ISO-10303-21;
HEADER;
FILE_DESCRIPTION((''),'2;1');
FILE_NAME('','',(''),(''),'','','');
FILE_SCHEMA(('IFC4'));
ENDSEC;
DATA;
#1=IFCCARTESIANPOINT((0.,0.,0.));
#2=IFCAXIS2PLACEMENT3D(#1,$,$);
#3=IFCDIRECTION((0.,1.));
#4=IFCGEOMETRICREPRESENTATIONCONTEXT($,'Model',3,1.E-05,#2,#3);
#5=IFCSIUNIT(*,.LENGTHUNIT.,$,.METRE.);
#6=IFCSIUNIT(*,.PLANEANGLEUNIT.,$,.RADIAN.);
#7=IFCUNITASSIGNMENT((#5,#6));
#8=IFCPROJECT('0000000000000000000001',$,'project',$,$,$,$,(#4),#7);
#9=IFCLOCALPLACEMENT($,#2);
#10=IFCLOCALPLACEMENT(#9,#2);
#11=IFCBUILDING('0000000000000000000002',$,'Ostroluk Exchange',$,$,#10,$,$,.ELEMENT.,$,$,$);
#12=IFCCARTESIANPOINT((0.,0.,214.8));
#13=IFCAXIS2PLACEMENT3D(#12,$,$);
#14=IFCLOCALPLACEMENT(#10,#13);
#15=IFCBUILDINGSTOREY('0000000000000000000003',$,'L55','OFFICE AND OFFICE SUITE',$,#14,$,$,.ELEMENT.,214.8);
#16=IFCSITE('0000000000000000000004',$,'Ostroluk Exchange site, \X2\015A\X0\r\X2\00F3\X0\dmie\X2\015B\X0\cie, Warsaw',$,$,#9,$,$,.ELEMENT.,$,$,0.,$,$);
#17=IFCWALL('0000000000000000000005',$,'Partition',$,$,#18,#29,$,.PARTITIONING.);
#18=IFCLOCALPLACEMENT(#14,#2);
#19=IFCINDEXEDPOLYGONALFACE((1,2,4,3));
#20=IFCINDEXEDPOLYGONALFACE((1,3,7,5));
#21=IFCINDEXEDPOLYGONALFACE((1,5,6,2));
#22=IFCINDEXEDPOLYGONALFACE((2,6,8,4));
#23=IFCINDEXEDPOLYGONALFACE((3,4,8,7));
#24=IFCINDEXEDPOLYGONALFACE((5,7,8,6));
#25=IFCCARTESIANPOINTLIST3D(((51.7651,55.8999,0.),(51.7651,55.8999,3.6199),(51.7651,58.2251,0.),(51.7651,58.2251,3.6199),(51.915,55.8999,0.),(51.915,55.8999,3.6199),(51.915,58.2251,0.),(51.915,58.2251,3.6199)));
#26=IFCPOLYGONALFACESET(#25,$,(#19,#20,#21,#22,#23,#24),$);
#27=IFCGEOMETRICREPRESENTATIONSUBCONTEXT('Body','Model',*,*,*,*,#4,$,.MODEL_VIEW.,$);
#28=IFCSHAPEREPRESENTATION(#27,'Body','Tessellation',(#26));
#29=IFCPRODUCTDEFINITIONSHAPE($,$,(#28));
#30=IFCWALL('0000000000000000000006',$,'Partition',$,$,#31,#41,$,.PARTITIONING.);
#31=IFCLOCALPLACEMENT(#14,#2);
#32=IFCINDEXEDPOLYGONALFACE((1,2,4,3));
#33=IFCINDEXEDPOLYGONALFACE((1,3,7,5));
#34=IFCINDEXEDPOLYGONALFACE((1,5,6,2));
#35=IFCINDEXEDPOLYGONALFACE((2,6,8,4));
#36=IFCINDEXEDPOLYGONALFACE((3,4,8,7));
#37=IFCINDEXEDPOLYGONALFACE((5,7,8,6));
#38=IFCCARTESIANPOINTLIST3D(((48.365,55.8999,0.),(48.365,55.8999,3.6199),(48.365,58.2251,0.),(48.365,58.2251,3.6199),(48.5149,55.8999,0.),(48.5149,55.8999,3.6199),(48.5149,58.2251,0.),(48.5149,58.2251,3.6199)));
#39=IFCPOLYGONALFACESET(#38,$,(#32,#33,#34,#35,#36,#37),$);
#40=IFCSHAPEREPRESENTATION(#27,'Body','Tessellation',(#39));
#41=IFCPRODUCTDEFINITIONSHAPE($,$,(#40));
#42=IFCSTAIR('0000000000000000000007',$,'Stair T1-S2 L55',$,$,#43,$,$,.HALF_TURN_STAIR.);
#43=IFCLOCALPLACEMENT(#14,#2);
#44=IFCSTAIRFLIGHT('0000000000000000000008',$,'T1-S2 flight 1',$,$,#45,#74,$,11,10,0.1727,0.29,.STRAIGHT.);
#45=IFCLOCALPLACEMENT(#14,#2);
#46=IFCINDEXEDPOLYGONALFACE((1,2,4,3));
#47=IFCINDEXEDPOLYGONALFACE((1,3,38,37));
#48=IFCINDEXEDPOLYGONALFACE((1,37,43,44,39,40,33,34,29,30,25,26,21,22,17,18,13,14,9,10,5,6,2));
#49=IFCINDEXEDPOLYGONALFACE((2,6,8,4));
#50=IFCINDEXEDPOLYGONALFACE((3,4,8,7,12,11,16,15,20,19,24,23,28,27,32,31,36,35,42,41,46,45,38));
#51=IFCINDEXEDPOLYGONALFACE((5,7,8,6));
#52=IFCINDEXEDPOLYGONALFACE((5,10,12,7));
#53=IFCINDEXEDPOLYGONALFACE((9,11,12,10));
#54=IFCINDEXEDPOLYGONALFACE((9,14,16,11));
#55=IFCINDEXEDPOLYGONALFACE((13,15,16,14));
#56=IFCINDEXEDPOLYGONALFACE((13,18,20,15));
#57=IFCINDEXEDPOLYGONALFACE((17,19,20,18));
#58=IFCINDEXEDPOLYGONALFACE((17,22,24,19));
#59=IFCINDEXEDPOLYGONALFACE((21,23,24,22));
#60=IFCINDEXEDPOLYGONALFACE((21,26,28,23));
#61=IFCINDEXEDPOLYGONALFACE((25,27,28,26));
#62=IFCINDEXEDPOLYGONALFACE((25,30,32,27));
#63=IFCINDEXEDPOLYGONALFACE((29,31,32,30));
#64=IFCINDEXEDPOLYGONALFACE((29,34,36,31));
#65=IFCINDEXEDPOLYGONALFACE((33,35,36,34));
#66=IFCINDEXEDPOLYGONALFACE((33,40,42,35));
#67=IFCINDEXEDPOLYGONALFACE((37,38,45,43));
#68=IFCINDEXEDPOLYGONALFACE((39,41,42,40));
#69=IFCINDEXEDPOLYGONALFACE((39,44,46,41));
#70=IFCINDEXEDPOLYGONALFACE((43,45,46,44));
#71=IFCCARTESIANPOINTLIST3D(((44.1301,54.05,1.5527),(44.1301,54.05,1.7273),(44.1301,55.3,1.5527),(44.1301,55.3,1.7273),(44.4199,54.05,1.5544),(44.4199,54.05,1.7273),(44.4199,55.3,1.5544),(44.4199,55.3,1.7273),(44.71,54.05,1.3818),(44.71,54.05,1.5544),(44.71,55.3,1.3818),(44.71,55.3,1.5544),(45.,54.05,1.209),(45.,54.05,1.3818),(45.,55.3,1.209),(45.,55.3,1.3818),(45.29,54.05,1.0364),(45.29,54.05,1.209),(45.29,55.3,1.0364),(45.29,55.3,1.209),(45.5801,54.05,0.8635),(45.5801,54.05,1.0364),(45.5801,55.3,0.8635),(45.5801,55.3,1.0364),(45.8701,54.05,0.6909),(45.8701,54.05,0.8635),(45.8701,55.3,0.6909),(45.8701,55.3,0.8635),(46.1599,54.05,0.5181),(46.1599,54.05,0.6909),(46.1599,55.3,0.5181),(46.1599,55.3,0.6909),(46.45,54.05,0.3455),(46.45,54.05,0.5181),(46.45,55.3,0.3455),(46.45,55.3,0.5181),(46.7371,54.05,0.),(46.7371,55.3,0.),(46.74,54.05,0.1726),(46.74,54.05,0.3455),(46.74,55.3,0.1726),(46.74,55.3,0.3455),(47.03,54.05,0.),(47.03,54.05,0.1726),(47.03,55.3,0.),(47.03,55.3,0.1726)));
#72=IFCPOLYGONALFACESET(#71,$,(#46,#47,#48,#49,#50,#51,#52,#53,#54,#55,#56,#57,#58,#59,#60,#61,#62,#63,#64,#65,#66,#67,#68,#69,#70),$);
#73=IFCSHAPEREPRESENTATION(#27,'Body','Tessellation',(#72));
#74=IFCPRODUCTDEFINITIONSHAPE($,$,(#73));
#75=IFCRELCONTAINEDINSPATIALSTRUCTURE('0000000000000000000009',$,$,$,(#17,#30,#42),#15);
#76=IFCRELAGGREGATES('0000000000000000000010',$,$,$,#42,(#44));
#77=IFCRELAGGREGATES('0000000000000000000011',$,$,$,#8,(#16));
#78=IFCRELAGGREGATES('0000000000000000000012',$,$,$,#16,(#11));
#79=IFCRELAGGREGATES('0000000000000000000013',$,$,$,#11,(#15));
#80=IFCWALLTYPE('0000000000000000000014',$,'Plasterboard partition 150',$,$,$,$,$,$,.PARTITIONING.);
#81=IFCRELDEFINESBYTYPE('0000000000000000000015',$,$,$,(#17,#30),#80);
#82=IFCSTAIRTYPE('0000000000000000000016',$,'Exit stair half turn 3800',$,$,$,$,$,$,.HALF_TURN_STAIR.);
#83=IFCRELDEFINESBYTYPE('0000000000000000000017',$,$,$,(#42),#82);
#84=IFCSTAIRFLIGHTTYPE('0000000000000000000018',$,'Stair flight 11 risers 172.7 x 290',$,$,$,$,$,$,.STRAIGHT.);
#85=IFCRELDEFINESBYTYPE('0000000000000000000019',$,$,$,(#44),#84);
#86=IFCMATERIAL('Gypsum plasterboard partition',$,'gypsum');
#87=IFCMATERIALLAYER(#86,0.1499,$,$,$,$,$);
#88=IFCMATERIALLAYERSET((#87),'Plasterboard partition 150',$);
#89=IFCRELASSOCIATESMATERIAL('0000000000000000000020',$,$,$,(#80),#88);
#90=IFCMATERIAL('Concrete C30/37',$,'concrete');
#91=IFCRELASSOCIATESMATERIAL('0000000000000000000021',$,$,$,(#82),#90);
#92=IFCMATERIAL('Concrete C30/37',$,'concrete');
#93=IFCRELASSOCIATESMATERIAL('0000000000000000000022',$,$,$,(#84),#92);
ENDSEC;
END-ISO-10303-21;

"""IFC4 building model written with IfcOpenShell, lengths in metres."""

from ifc_helpers import new_model, si_unit, direction, frame, frame_2d, origin, place, context, subcontext, project, spatial, polyline, rectangle, outline, extrude, material, layer, layer_set, type_object, element, aggregate, save


model = new_model("IFC4")

# Units and contexts
model_context = context("Model", 3, precision=1e-05, world=origin(), true_north=direction((0.0, 1.0)))
body_context = subcontext(model_context, "Body", "Model", "MODEL_VIEW")
ifc_project = project(units=[si_unit("LENGTHUNIT", "METRE"), si_unit("PLANEANGLEUNIT", "RADIAN")], contexts=[model_context])

# Site, building, storey
site_placement = place(None, origin())
site = spatial("IfcSite", under=ifc_project, at=site_placement, Name="Ostroluk Exchange site, Śródmieście, Warsaw", CompositionType="ELEMENT", RefElevation=0.0)
building_placement = place(site_placement, origin())
building = spatial("IfcBuilding", under=site, at=building_placement, Name="Ostroluk Exchange", CompositionType="ELEMENT")
storey_placement = place(building_placement, frame((0.0, 0.0, 214.8)))
storey = spatial("IfcBuildingStorey", under=building, at=storey_placement, Name="L55", Description="OFFICE AND OFFICE SUITE", CompositionType="ELEMENT", Elevation=214.8)

# Walls
ifc_material_1 = material(Name="Gypsum plasterboard partition", Category="gypsum")
ifc_layer_1 = layer(ifc_material_1, 0.1499)
ifc_layer_set_1 = layer_set([ifc_layer_1], Name="Plasterboard partition 150")
wall_type_1 = type_object("IfcWallType", Name="Plasterboard partition 150", PredefinedType="PARTITIONING", material=ifc_layer_set_1)
for number, where, z_axis, x_axis, name in (
    (1, (51.8401, 55.8999, 0.0), (0.0, 0.0, 1.0), (0.0, 1.0, 0.0), "Partition"),
    (2, (48.4399, 55.8999, 0.0), (0.0, 0.0, 1.0), (0.0, 1.0, 0.0), "Partition"),
):
    element("IfcWall", number, at=place(storey_placement, frame(where, z_axis=z_axis, x_axis=x_axis)), inside=storey, type_object=wall_type_1, Name=name, PredefinedType="PARTITIONING", context=body_context, shape_type="SweptSolid", body=[
        extrude(rectangle(XDim=2.3252, YDim=0.1499, at=frame_2d((1.1626, 0.0))), origin(), (0.0, 0.0, 1.0), 3.6199),
    ])

# Stair, stair flight
ifc_material_2 = material(Name="Concrete C30/37", Category="concrete")
stair_type = type_object("IfcStairType", Name="Exit stair half turn 3800", PredefinedType="HALF_TURN_STAIR", material=ifc_material_2)
stair_placement = place(storey_placement, origin())
stair = element("IfcStair", 3, at=stair_placement, inside=storey, type_object=stair_type, Name="Stair T1-S2 L55", PredefinedType="HALF_TURN_STAIR")
ifc_material_3 = material(Name="Concrete C30/37", Category="concrete")
stair_flight_type = type_object("IfcStairFlightType", Name="Stair flight 11 risers 172.7 x 290", PredefinedType="STRAIGHT", material=ifc_material_3)
stair_flight_placement = place(storey_placement, frame((47.03, 54.675, 0.0), z_axis=(0.0, 0.0, 1.0), x_axis=(-1.0, 0.0, 0.0)))
stair_flight = element("IfcStairFlight", 4, at=stair_flight_placement, type_object=stair_flight_type, Name="T1-S2 flight 1", NumberOfRisers=11, NumberOfTreads=10, PredefinedType="STRAIGHT", RiserHeight=0.1727, TreadLength=0.29, context=body_context, shape_type="SweptSolid", body=[
    extrude(outline(polyline([(0.0, 0.0), (0.0, 0.1726), (0.29, 0.1726), (0.29, 0.3455), (0.5801, 0.3455), (0.5801, 0.5181), (0.8701, 0.5181), (0.8701, 0.6909), (1.1599, 0.6909), (1.1599, 0.8635), (1.45, 0.8635), (1.45, 1.0364), (1.74, 1.0364), (1.74, 1.209), (2.03, 1.209), (2.03, 1.3818), (2.3201, 1.3818), (2.3201, 1.5544), (2.6101, 1.5544), (2.6101, 1.7273), (2.8999, 1.7273), (2.8999, 1.8999), (2.8999, 1.5527), (0.293, 0.0), (0.0, 0.0)])), frame((0.0, 0.625, 0.0), z_axis=(0.0, -1.0, 0.0), x_axis=(1.0, 0.0, 0.0)), (0.0, 0.0, 1.0), 1.25),
])
aggregate(stair, [stair_flight])

save(model, "model.ifc")
